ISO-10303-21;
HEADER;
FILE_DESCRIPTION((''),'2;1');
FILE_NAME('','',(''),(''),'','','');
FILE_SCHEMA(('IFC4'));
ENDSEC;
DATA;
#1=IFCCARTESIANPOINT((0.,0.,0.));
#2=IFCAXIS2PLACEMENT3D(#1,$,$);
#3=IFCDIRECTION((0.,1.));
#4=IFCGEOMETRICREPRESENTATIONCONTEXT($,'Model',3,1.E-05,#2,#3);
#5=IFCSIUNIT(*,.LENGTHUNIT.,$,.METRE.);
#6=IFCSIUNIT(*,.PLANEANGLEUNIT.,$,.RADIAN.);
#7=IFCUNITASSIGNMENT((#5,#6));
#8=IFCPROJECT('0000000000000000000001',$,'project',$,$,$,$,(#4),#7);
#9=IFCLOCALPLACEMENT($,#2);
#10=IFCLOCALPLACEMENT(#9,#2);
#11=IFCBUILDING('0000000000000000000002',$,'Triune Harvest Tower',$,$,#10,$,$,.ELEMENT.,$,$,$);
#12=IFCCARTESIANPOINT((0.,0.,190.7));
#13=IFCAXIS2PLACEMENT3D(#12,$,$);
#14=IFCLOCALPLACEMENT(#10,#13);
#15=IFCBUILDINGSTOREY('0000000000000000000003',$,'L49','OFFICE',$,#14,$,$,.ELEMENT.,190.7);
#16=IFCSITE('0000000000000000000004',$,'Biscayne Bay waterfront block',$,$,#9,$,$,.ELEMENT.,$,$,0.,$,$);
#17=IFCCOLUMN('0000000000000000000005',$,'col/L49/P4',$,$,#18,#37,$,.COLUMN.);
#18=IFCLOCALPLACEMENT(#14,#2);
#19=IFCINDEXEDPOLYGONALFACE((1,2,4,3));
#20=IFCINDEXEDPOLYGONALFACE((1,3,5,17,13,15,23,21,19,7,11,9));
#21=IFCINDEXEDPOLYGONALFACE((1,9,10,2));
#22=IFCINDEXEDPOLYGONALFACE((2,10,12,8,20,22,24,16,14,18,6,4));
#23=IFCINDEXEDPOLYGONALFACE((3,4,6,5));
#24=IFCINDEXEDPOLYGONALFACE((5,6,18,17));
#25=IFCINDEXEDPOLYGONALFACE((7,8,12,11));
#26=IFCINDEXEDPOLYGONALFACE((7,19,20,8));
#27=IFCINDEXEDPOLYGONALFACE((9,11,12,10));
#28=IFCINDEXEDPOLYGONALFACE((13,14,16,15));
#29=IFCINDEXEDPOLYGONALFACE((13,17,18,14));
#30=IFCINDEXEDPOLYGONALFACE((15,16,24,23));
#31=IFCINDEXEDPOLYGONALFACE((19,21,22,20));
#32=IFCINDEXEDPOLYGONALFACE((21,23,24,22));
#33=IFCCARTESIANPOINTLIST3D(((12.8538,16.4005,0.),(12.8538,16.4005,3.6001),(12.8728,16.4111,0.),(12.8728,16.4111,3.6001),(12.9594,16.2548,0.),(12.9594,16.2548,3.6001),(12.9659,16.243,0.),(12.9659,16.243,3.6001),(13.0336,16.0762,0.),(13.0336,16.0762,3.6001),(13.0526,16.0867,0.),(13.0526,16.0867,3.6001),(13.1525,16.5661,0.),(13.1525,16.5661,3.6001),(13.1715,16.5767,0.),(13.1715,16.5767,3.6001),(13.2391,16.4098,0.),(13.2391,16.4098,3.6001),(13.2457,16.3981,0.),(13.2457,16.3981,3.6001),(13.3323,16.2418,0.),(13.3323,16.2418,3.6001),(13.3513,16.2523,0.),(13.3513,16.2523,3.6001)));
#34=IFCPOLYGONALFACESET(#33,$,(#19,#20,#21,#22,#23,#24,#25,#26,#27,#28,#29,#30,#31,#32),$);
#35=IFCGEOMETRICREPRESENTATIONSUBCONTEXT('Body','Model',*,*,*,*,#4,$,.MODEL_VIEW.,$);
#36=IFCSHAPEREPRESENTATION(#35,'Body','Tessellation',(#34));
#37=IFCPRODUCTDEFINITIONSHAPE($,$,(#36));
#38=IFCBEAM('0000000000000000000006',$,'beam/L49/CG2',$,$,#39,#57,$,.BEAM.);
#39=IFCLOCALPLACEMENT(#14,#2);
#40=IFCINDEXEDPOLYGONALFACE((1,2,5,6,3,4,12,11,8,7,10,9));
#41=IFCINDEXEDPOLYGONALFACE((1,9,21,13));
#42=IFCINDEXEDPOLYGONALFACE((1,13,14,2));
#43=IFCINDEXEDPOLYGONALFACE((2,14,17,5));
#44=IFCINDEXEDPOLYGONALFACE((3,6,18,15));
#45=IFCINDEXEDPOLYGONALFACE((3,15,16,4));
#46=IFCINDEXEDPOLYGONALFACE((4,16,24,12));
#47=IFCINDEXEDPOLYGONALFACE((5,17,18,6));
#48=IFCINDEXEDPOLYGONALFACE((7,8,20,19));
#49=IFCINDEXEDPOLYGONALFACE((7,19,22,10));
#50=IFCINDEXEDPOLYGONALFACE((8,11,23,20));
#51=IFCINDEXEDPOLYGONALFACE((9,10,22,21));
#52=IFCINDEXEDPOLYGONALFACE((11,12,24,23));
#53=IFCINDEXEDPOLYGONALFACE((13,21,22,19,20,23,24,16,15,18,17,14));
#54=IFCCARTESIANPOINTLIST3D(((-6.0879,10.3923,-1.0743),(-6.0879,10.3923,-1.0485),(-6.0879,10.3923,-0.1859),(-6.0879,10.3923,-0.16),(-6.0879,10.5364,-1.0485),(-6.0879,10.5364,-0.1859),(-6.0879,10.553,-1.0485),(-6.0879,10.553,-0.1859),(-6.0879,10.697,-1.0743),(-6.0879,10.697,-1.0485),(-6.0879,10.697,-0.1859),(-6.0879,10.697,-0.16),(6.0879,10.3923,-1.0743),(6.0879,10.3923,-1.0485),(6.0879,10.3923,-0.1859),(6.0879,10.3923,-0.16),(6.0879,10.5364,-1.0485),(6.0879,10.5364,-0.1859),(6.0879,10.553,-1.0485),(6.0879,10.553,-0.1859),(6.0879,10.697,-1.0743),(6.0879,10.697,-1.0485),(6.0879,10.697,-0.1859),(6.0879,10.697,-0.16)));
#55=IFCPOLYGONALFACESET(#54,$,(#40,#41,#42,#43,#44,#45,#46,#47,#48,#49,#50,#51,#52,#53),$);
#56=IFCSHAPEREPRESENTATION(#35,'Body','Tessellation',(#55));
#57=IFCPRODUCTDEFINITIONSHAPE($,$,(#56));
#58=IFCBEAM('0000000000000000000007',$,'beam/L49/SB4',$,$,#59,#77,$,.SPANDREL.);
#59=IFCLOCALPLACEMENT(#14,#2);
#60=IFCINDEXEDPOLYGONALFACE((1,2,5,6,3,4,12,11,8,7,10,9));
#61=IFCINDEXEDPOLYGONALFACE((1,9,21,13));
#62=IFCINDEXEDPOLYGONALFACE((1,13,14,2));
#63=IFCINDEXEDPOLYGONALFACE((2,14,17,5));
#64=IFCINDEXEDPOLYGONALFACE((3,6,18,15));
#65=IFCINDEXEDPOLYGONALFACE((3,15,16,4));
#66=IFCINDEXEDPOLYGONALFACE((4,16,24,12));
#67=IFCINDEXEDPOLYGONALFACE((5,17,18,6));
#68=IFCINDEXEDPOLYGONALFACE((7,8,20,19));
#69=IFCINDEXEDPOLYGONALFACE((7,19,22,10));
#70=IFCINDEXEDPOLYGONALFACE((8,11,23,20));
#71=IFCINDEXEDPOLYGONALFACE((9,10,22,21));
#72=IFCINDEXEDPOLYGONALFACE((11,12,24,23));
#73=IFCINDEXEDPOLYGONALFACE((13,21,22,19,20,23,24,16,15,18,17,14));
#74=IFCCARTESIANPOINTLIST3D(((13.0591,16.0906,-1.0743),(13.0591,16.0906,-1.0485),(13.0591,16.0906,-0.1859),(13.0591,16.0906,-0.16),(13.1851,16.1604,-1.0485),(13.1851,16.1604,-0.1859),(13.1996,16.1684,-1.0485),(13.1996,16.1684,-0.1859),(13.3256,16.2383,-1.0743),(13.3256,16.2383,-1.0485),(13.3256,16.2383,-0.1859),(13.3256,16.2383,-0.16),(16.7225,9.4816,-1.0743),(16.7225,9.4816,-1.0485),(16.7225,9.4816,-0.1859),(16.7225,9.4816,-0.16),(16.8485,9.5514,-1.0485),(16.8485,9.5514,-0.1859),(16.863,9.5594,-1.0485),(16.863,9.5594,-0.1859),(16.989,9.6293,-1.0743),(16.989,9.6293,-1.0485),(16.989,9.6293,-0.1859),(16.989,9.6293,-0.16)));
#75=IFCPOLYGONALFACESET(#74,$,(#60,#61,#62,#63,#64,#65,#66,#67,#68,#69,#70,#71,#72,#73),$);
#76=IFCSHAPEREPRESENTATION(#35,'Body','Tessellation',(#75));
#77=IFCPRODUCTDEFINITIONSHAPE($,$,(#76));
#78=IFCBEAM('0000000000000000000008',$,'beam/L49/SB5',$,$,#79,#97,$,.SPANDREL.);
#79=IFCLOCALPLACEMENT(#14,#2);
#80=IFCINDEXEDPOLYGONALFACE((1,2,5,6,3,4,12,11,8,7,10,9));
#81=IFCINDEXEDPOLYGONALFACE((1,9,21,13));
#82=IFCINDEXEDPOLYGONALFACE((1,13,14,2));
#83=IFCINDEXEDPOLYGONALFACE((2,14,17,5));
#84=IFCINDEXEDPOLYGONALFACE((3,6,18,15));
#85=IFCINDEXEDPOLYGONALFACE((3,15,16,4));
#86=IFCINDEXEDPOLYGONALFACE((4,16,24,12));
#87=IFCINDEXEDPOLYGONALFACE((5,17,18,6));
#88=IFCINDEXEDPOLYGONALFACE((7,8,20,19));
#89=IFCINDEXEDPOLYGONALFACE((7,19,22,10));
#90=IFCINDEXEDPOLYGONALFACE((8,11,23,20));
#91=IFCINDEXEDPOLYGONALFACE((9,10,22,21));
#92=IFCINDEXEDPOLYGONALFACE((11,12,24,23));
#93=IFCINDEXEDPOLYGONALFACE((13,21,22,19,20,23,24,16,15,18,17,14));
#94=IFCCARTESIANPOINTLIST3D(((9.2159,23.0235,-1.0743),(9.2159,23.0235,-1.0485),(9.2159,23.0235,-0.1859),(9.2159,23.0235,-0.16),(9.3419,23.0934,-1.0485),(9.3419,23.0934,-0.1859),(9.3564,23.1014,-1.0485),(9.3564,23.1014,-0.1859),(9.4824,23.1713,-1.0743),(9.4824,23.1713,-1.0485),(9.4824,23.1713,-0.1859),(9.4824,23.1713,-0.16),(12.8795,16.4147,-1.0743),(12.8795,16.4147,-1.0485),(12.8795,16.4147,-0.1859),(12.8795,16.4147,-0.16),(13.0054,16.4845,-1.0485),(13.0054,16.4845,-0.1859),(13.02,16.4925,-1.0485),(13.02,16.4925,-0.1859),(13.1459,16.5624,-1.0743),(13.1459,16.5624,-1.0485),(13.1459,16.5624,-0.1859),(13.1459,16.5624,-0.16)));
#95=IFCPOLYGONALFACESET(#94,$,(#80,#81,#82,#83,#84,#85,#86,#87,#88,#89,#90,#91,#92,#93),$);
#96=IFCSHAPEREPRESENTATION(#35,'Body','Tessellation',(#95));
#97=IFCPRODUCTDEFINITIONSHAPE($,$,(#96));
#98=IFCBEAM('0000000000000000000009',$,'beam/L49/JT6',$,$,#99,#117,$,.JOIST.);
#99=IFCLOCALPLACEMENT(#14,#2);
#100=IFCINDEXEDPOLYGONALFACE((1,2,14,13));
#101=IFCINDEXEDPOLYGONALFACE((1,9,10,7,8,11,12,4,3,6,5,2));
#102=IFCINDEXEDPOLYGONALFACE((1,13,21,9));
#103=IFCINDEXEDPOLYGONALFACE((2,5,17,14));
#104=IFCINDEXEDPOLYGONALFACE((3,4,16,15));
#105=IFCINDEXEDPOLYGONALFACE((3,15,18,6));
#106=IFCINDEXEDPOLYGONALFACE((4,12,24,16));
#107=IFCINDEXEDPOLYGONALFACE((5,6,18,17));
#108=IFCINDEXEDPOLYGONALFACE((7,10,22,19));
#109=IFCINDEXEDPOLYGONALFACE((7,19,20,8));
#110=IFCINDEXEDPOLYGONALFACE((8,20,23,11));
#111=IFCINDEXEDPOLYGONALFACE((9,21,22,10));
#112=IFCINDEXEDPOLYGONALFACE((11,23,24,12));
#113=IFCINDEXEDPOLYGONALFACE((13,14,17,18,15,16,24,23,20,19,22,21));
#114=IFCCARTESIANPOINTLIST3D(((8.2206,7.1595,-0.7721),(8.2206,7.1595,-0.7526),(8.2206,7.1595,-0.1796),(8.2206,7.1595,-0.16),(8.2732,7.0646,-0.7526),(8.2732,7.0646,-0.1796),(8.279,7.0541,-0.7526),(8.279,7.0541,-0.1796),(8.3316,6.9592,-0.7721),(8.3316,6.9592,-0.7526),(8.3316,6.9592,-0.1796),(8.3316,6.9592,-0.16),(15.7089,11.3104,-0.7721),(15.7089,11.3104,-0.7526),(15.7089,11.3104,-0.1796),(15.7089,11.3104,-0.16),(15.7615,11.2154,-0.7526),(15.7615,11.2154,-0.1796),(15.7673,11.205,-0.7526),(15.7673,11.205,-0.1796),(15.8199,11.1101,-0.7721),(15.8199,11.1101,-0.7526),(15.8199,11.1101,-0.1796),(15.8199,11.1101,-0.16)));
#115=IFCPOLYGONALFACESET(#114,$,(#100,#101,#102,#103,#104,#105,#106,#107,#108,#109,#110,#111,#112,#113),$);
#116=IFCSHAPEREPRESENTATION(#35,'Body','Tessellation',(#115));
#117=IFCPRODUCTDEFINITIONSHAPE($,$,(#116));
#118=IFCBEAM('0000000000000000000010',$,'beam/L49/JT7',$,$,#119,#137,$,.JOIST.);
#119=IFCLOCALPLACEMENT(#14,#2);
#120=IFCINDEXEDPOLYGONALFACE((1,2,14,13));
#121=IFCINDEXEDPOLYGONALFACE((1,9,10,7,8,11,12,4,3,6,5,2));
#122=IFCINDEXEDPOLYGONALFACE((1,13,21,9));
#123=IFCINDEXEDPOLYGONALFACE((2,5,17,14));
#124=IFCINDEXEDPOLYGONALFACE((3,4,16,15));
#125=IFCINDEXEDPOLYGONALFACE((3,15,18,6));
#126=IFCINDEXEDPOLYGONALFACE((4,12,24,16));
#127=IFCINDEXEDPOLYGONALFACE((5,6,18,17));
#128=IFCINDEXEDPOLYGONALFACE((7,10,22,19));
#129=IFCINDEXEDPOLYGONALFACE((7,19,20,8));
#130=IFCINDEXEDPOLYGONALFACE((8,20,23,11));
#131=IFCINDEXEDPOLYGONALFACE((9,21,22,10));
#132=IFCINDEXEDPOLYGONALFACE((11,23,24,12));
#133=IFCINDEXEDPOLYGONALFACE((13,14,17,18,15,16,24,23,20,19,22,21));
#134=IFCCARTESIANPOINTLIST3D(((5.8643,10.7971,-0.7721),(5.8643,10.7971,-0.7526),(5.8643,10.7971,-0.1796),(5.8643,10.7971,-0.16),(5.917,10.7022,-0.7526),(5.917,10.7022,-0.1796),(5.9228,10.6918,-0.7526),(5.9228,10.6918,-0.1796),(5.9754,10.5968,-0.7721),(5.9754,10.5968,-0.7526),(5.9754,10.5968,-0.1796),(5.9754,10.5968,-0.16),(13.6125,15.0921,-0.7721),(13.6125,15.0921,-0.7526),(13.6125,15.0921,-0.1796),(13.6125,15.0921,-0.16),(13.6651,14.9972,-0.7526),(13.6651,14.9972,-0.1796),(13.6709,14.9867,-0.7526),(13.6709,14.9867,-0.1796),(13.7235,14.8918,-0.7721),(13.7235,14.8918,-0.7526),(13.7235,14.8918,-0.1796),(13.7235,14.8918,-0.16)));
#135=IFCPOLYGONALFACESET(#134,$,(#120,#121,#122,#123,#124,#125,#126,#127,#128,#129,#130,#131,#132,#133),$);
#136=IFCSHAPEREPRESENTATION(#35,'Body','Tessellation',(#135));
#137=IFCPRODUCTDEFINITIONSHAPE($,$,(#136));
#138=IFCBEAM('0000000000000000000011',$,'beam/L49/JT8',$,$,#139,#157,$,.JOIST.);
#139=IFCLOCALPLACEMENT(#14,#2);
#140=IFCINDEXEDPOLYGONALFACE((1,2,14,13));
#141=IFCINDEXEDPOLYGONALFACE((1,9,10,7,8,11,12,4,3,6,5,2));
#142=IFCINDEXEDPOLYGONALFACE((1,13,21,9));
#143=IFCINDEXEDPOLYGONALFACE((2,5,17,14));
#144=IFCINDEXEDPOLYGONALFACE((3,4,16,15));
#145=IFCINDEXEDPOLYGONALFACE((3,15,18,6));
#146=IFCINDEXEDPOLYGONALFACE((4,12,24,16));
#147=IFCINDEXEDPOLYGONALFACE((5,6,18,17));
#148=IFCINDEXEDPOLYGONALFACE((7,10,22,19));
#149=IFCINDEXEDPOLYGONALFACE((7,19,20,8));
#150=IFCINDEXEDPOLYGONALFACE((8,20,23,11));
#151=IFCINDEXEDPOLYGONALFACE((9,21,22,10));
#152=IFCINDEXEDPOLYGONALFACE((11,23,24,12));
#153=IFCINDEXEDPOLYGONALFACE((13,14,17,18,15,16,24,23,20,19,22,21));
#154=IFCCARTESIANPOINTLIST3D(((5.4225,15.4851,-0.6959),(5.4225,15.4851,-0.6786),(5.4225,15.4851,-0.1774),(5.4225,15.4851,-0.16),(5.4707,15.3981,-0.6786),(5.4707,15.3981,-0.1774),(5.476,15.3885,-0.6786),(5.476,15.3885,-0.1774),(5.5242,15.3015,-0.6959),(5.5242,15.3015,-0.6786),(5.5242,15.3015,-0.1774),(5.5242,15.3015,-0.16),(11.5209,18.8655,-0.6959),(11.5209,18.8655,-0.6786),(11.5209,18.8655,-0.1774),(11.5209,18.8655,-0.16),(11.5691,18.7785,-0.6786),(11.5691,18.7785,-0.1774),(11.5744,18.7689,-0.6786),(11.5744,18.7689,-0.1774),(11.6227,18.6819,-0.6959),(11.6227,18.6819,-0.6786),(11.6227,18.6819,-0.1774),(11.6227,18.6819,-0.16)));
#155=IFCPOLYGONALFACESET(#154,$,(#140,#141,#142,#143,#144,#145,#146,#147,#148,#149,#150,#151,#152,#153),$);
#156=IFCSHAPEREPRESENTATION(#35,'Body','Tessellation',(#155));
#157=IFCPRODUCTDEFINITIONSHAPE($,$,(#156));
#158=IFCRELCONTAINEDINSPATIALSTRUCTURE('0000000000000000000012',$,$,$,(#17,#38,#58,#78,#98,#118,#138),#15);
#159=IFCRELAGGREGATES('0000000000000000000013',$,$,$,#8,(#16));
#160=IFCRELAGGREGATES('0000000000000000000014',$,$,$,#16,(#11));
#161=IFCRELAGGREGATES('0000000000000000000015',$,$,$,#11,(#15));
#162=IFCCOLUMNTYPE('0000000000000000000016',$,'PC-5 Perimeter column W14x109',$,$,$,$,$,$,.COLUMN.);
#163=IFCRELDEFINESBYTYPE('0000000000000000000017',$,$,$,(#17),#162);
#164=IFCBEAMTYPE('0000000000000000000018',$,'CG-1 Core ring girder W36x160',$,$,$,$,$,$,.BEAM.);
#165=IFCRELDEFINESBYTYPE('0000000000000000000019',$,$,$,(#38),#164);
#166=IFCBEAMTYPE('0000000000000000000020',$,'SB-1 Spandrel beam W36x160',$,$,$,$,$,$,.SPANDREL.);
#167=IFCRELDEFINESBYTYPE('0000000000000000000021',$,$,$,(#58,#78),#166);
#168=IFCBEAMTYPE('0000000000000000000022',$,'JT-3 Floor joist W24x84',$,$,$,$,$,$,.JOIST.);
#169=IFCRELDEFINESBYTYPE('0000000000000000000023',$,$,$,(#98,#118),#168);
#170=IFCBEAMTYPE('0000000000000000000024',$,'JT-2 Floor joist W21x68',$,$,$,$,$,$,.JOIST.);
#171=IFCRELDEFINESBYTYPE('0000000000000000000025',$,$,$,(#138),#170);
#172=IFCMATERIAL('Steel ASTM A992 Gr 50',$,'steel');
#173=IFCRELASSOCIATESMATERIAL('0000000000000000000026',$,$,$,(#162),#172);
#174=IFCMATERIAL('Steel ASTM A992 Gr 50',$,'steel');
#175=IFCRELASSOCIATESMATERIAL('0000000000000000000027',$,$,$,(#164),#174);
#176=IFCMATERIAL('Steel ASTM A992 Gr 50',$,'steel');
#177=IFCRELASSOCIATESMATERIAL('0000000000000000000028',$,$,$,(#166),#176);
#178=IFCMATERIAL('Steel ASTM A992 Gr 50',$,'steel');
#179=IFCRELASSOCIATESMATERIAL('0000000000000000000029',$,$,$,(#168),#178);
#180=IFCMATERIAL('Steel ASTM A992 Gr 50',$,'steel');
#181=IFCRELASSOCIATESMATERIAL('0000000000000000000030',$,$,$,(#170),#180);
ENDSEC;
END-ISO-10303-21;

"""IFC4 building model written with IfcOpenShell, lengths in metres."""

from ifc_helpers import new_model, si_unit, direction, frame, origin, origin_2d, place, context, subcontext, project, spatial, i_section, extrude, source, transform, mapped, material, material_profile, profile_set, type_object, element, save


model = new_model("IFC4")

# Units and contexts
model_context = context("Model", 3, precision=1e-05, world=origin(), true_north=direction((0.0, 1.0)))
body_context = subcontext(model_context, "Body", "Model", "MODEL_VIEW")
ifc_project = project(units=[si_unit("LENGTHUNIT", "METRE"), si_unit("PLANEANGLEUNIT", "RADIAN")], contexts=[model_context])

# Site, building, storey
site_placement = place(None, origin())
site = spatial("IfcSite", under=ifc_project, at=site_placement, Name="Biscayne Bay waterfront block", CompositionType="ELEMENT", RefElevation=0.0)
building_placement = place(site_placement, origin())
building = spatial("IfcBuilding", under=site, at=building_placement, Name="Triune Harvest Tower", CompositionType="ELEMENT")
storey_placement = place(building_placement, frame((0.0, 0.0, 190.7)))
storey = spatial("IfcBuildingStorey", under=building, at=storey_placement, Name="L49", Description="OFFICE", CompositionType="ELEMENT", Elevation=190.7)

# Column
ifc_material_1 = material(Name="Steel ASTM A992 Gr 50", Category="steel")
ifc_material_profile_1 = material_profile(ifc_material_1, i_section(OverallWidth=0.3708, OverallDepth=0.3633, WebThickness=0.0134, FlangeThickness=0.0217, at=origin_2d()), Name="W14x109")
ifc_profile_set_1 = profile_set([ifc_material_profile_1], Name="Steel ASTM A992 Gr 50")
column_type = type_object("IfcColumnType", Name="PC-5 Perimeter column W14x109", PredefinedType="COLUMN", material=ifc_profile_set_1)
shared_shape_1 = source(origin(), body_context, "Body", "SweptSolid", [
    extrude(i_section(OverallWidth=0.3708, OverallDepth=0.3633, WebThickness=0.0134, FlangeThickness=0.0217, at=origin_2d()), origin(), (0.0, 0.0, 1.0), 3.6001),
])
column_placement = place(storey_placement, frame((13.1025, 16.3264, 0.0), z_axis=(0.0, 0.0, 1.0), x_axis=(-0.48481, 0.87462, 0.0)))
element("IfcColumn", 1, at=column_placement, inside=storey, type_object=column_type, Name="col/L49/P4", PredefinedType="COLUMN", context=body_context, shape_type="MappedRepresentation", body=[
    mapped(shared_shape_1, transform((0.0, 0.0, 0.0), scale=1.0)),
])

# Beams
ifc_material_2 = material(Name="Steel ASTM A992 Gr 50", Category="steel")
ifc_material_profile_2 = material_profile(ifc_material_2, i_section(OverallWidth=0.3047, OverallDepth=0.9143, WebThickness=0.0166, FlangeThickness=0.0259, at=origin_2d()), Name="W36x160")
ifc_profile_set_2 = profile_set([ifc_material_profile_2], Name="Steel ASTM A992 Gr 50")
beam_type_1 = type_object("IfcBeamType", Name="CG-1 Core ring girder W36x160", PredefinedType="BEAM", material=ifc_profile_set_2)
shared_shape_2 = source(origin(), body_context, "Body", "SweptSolid", [
    extrude(i_section(OverallWidth=0.3047, OverallDepth=0.9143, WebThickness=0.0166, FlangeThickness=0.0259, at=origin_2d()), origin(), (0.0, 0.0, 1.0), 12.1758),
])
beam_1_placement = place(storey_placement, frame((6.0879, 10.5447, -0.6172), z_axis=(-1.0, 0.0, 0.0), x_axis=(0.0, -1.0, 0.0)))
element("IfcBeam", 2, at=beam_1_placement, inside=storey, type_object=beam_type_1, Name="beam/L49/CG2", PredefinedType="BEAM", context=body_context, shape_type="MappedRepresentation", body=[
    mapped(shared_shape_2, transform((0.0, 0.0, 0.0), scale=1.0)),
])
ifc_material_3 = material(Name="Steel ASTM A992 Gr 50", Category="steel")
ifc_material_profile_3 = material_profile(ifc_material_3, i_section(OverallWidth=0.3047, OverallDepth=0.9143, WebThickness=0.0166, FlangeThickness=0.0259, at=origin_2d()), Name="W36x160")
ifc_profile_set_3 = profile_set([ifc_material_profile_3], Name="Steel ASTM A992 Gr 50")
beam_type_2 = type_object("IfcBeamType", Name="SB-1 Spandrel beam W36x160", PredefinedType="SPANDREL", material=ifc_profile_set_3)
shared_shape_3 = source(origin(), body_context, "Body", "SweptSolid", [
    extrude(i_section(OverallWidth=0.3047, OverallDepth=0.9143, WebThickness=0.0166, FlangeThickness=0.0259, at=origin_2d()), origin(), (0.0, 0.0, 1.0), 7.5564),
])
for number, where, z_axis, x_axis, name in (
    (3, (16.8557, 9.5554, -0.6172), (-0.484806, 0.874622, 0.0), (-0.874622, -0.484806, 0.0), "beam/L49/SB4"),
    (4, (13.0127, 16.4885, -0.6172), (-0.484831, 0.874608, 0.0), (-0.874608, -0.484831, 0.0), "beam/L49/SB5"),
):
    element("IfcBeam", number, at=place(storey_placement, frame(where, z_axis=z_axis, x_axis=x_axis)), inside=storey, type_object=beam_type_2, Name=name, PredefinedType="SPANDREL", context=body_context, shape_type="MappedRepresentation", body=[
        mapped(shared_shape_3, transform((0.0, 0.0, 0.0), scale=1.0)),
    ])
ifc_material_4 = material(Name="Steel ASTM A992 Gr 50", Category="steel")
ifc_material_profile_4 = material_profile(ifc_material_4, i_section(OverallWidth=0.229, OverallDepth=0.6121, WebThickness=0.012, FlangeThickness=0.0195, at=origin_2d()), Name="W24x84")
ifc_profile_set_4 = profile_set([ifc_material_profile_4], Name="Steel ASTM A992 Gr 50")
beam_type_3 = type_object("IfcBeamType", Name="JT-3 Floor joist W24x84", PredefinedType="JOIST", material=ifc_profile_set_4)
shared_shape_4 = source(origin(), body_context, "Body", "SweptSolid", [
    extrude(i_section(OverallWidth=0.229, OverallDepth=0.6121, WebThickness=0.012, FlangeThickness=0.0195, at=origin_2d()), origin(), (0.0, 0.0, 1.0), 8.5618),
])
beam_2_placement = place(storey_placement, frame((15.7644, 11.2102, -0.4661), z_axis=(-0.874617, -0.484815, 0.0), x_axis=(0.484815, -0.874617, 0.0)))
element("IfcBeam", 5, at=beam_2_placement, inside=storey, type_object=beam_type_3, Name="beam/L49/JT6", PredefinedType="JOIST", context=body_context, shape_type="MappedRepresentation", body=[
    mapped(shared_shape_4, transform((0.0, 0.0, 0.0), scale=1.0)),
])
shared_shape_5 = source(origin(), body_context, "Body", "SweptSolid", [
    extrude(i_section(OverallWidth=0.229, OverallDepth=0.6121, WebThickness=0.012, FlangeThickness=0.0195, at=origin_2d()), origin(), (0.0, 0.0, 1.0), 8.8589),
])
beam_3_placement = place(storey_placement, frame((13.668, 14.9919, -0.4661), z_axis=(-0.874614, -0.484819, 0.0), x_axis=(0.484819, -0.874614, 0.0)))
element("IfcBeam", 6, at=beam_3_placement, inside=storey, type_object=beam_type_3, Name="beam/L49/JT7", PredefinedType="JOIST", context=body_context, shape_type="MappedRepresentation", body=[
    mapped(shared_shape_5, transform((0.0, 0.0, 0.0), scale=1.0)),
])
ifc_material_5 = material(Name="Steel ASTM A992 Gr 50", Category="steel")
ifc_material_profile_5 = material_profile(ifc_material_5, i_section(OverallWidth=0.21, OverallDepth=0.5359, WebThickness=0.011, FlangeThickness=0.0173, at=origin_2d()), Name="W21x68")
ifc_profile_set_5 = profile_set([ifc_material_profile_5], Name="Steel ASTM A992 Gr 50")
beam_type_4 = type_object("IfcBeamType", Name="JT-2 Floor joist W21x68", PredefinedType="JOIST", material=ifc_profile_set_5)
shared_shape_6 = source(origin(), body_context, "Body", "SweptSolid", [
    extrude(i_section(OverallWidth=0.21, OverallDepth=0.5359, WebThickness=0.011, FlangeThickness=0.0173, at=origin_2d()), origin(), (0.0, 0.0, 1.0), 6.9727),
])
beam_4_placement = place(storey_placement, frame((11.5718, 18.7737, -0.428), z_axis=(-0.874621, -0.484807, 0.0), x_axis=(0.484807, -0.874621, 0.0)))
element("IfcBeam", 7, at=beam_4_placement, inside=storey, type_object=beam_type_4, Name="beam/L49/JT8", PredefinedType="JOIST", context=body_context, shape_type="MappedRepresentation", body=[
    mapped(shared_shape_6, transform((0.0, 0.0, 0.0), scale=1.0)),
])

save(model, "model.ifc")
